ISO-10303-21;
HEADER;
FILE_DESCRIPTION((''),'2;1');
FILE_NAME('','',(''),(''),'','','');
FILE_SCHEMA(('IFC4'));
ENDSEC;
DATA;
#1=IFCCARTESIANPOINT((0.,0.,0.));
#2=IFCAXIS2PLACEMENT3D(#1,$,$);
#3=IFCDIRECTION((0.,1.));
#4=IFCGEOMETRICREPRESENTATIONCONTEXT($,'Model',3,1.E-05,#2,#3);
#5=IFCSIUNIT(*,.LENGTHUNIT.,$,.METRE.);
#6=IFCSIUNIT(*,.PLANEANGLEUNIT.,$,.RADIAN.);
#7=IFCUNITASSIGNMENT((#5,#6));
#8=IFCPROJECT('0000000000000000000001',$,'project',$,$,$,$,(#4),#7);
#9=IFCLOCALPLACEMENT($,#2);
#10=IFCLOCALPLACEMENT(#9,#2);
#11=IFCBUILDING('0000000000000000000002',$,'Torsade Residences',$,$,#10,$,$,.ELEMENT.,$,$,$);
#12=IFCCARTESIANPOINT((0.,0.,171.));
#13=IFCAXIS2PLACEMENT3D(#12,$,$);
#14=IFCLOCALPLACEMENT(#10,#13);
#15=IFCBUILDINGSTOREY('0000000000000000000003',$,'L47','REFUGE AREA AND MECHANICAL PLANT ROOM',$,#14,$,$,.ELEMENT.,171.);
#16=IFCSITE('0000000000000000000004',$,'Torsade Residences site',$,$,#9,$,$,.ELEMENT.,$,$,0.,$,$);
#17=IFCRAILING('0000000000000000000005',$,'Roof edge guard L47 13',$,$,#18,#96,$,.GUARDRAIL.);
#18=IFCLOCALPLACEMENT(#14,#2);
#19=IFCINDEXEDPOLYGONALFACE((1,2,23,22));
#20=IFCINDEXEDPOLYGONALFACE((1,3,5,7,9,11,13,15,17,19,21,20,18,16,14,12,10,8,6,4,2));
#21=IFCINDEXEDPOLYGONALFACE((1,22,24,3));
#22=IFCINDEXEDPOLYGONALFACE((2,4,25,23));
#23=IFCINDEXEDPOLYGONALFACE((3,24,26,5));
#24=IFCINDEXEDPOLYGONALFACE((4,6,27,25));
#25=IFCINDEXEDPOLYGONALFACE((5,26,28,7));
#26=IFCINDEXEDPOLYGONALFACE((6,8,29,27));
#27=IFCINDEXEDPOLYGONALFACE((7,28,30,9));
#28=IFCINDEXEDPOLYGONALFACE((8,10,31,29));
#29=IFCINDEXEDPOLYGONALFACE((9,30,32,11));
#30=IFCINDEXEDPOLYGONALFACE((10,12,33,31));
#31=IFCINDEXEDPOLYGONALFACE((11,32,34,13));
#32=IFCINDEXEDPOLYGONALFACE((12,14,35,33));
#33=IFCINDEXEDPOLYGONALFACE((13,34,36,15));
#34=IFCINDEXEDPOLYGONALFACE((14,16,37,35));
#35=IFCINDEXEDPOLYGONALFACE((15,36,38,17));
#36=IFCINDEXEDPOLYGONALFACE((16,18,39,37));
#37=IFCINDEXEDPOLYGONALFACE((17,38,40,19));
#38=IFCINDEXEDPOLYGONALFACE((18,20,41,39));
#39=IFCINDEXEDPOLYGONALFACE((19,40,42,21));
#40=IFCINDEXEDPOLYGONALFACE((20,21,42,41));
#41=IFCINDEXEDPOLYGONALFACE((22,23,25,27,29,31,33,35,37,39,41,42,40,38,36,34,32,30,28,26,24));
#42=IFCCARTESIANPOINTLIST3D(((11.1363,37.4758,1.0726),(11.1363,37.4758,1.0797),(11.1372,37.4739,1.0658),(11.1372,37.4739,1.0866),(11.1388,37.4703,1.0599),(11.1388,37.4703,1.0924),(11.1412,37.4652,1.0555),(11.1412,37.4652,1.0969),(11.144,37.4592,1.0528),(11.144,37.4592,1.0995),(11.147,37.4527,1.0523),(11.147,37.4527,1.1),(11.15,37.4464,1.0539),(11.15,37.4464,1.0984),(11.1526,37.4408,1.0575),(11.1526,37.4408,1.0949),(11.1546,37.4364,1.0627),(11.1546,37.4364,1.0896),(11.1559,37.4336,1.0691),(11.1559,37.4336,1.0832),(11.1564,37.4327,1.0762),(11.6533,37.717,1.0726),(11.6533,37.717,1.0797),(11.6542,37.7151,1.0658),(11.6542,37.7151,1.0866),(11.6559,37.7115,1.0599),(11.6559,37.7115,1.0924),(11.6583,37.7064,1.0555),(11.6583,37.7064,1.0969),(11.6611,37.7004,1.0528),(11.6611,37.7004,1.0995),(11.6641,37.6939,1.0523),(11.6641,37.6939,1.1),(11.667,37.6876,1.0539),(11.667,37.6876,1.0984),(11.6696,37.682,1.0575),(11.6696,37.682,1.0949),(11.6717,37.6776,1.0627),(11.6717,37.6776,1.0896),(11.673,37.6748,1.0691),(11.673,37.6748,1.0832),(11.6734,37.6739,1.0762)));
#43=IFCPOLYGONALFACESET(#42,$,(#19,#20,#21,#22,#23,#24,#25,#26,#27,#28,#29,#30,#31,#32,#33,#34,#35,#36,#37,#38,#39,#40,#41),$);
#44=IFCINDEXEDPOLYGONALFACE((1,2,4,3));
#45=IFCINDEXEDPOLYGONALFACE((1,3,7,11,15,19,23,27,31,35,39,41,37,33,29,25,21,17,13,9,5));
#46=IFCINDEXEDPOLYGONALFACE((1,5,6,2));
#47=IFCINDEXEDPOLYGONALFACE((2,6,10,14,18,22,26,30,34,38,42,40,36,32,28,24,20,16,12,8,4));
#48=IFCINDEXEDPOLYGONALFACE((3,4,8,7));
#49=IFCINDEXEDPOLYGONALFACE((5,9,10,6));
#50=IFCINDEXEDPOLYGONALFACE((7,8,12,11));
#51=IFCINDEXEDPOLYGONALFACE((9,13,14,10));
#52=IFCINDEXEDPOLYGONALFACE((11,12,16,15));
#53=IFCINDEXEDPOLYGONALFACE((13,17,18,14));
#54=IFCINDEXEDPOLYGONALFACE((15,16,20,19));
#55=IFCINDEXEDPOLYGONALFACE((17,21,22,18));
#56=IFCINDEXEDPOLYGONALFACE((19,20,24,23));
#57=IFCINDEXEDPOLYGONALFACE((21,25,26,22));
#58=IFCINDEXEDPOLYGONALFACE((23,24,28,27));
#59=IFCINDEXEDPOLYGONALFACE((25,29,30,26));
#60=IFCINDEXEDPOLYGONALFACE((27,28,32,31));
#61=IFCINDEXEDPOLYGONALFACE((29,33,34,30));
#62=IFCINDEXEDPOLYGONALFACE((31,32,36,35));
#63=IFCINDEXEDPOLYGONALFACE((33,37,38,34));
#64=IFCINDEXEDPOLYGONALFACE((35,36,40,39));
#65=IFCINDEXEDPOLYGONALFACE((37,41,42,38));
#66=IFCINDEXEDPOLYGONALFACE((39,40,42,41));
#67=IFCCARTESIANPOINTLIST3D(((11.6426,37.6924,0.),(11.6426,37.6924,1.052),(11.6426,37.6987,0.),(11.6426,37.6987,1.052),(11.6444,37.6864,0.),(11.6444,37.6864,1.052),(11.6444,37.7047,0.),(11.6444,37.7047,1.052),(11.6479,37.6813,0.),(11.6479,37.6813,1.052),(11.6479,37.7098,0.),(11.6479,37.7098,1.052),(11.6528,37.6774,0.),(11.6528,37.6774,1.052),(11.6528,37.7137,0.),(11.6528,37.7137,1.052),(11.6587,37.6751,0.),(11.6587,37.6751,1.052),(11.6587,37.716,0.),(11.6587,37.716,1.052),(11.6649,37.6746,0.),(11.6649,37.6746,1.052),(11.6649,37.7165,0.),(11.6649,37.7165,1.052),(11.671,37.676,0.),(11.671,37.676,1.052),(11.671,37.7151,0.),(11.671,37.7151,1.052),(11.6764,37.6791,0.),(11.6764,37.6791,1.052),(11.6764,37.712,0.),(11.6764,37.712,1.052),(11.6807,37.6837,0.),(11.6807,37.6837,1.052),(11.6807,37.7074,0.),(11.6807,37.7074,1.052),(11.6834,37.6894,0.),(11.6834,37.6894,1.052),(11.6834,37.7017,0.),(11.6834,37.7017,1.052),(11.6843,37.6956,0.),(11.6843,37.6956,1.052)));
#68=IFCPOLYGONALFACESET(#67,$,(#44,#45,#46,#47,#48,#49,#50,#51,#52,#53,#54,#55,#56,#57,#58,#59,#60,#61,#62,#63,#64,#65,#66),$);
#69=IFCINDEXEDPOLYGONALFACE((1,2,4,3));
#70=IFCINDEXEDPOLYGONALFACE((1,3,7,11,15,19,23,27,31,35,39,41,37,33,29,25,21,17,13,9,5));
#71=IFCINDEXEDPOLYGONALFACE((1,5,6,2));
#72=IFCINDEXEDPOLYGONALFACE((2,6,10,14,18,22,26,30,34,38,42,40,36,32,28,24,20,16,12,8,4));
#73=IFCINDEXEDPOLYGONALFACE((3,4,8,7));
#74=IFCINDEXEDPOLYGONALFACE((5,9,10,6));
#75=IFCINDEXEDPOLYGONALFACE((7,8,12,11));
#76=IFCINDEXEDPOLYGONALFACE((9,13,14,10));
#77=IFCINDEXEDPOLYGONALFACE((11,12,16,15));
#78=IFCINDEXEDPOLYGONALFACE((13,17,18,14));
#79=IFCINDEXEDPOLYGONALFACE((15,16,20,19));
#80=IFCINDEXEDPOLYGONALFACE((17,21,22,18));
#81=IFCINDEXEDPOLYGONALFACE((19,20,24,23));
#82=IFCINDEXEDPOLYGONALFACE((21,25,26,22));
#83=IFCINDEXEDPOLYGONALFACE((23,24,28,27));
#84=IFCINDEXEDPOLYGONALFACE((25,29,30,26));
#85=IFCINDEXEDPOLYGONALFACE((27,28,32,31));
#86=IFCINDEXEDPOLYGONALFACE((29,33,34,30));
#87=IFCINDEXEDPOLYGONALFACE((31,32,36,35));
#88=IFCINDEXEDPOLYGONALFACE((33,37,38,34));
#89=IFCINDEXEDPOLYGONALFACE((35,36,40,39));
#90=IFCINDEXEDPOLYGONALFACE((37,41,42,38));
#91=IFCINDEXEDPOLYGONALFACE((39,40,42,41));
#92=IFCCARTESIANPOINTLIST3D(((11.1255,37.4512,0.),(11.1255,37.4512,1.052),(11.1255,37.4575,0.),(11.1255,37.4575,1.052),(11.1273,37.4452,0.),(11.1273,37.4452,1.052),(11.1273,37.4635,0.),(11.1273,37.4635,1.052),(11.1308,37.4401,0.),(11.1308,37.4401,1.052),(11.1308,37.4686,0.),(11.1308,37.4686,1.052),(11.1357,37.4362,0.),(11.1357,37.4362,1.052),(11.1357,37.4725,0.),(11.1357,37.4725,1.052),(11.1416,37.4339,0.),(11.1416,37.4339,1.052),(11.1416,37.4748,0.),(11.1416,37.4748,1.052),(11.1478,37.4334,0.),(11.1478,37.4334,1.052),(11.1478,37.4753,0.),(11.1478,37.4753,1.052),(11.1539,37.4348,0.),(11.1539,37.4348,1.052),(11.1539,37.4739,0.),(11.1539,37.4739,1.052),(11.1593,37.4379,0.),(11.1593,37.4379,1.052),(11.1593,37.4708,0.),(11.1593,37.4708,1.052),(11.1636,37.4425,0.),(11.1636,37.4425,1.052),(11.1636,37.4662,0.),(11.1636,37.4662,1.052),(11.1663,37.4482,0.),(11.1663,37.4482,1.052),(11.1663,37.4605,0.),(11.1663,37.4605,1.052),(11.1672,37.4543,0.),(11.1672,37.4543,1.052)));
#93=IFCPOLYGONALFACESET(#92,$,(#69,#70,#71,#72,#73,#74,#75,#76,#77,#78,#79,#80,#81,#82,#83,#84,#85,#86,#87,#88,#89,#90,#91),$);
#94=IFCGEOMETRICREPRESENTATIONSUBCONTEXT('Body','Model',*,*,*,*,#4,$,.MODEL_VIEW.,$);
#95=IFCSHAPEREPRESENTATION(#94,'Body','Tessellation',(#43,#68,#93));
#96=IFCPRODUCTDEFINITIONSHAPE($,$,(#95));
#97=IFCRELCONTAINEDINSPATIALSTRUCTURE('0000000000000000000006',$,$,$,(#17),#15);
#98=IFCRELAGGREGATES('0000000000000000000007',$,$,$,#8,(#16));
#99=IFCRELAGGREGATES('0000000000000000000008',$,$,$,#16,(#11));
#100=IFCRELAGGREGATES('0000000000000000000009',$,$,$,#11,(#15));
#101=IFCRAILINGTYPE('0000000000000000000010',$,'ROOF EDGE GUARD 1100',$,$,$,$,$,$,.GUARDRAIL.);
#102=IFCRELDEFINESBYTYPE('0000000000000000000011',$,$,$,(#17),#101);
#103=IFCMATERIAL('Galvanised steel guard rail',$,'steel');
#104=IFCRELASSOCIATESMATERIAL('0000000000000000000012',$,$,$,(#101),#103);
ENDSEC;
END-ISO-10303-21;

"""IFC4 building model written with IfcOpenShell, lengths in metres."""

from ifc_helpers import new_model, si_unit, direction, frame, origin, origin_2d, place, context, subcontext, project, spatial, circle, extrude, material, type_object, element, save


model = new_model("IFC4")

# Units and contexts
model_context = context("Model", 3, precision=1e-05, world=origin(), true_north=direction((0.0, 1.0)))
body_context = subcontext(model_context, "Body", "Model", "MODEL_VIEW")
ifc_project = project(units=[si_unit("LENGTHUNIT", "METRE"), si_unit("PLANEANGLEUNIT", "RADIAN")], contexts=[model_context])

# Site, building, storey
site_placement = place(None, origin())
site = spatial("IfcSite", under=ifc_project, at=site_placement, Name="Torsade Residences site", CompositionType="ELEMENT", RefElevation=0.0)
building_placement = place(site_placement, origin())
building = spatial("IfcBuilding", under=site, at=building_placement, Name="Torsade Residences", CompositionType="ELEMENT")
storey_placement = place(building_placement, frame((0.0, 0.0, 171.0)))
storey = spatial("IfcBuildingStorey", under=building, at=storey_placement, Name="L47", Description="REFUGE AREA AND MECHANICAL PLANT ROOM", CompositionType="ELEMENT", Elevation=171.0)

# Railing
ifc_material_1 = material(Name="Galvanised steel guard rail", Category="steel")
railing_type = type_object("IfcRailingType", Name="ROOF EDGE GUARD 1100", PredefinedType="GUARDRAIL", material=ifc_material_1)
railing_1_placement = place(storey_placement, frame((11.6633, 37.6956, 0.0)))
element("IfcRailing", 1, at=railing_1_placement, inside=storey, type_object=railing_type, Name="Roof edge guard L47 13", PredefinedType="GUARDRAIL", context=body_context, shape_type="SweptSolid", body=[
    extrude(circle(Radius=0.0239, at=origin_2d()), frame((0.0, 0.0, 1.0762), z_axis=(-0.906249, -0.422745, 0.0), x_axis=(0.422745, -0.906249, 0.0)), (0.0, 0.0, 1.0), 0.5706),
    extrude(circle(Radius=0.021, at=origin_2d()), origin(), (0.0, 0.0, 1.0), 1.052),
    extrude(circle(Radius=0.021, at=origin_2d()), frame((-0.5171, -0.2412, 0.0)), (0.0, 0.0, 1.0), 1.052),
])

save(model, "model.ifc")
